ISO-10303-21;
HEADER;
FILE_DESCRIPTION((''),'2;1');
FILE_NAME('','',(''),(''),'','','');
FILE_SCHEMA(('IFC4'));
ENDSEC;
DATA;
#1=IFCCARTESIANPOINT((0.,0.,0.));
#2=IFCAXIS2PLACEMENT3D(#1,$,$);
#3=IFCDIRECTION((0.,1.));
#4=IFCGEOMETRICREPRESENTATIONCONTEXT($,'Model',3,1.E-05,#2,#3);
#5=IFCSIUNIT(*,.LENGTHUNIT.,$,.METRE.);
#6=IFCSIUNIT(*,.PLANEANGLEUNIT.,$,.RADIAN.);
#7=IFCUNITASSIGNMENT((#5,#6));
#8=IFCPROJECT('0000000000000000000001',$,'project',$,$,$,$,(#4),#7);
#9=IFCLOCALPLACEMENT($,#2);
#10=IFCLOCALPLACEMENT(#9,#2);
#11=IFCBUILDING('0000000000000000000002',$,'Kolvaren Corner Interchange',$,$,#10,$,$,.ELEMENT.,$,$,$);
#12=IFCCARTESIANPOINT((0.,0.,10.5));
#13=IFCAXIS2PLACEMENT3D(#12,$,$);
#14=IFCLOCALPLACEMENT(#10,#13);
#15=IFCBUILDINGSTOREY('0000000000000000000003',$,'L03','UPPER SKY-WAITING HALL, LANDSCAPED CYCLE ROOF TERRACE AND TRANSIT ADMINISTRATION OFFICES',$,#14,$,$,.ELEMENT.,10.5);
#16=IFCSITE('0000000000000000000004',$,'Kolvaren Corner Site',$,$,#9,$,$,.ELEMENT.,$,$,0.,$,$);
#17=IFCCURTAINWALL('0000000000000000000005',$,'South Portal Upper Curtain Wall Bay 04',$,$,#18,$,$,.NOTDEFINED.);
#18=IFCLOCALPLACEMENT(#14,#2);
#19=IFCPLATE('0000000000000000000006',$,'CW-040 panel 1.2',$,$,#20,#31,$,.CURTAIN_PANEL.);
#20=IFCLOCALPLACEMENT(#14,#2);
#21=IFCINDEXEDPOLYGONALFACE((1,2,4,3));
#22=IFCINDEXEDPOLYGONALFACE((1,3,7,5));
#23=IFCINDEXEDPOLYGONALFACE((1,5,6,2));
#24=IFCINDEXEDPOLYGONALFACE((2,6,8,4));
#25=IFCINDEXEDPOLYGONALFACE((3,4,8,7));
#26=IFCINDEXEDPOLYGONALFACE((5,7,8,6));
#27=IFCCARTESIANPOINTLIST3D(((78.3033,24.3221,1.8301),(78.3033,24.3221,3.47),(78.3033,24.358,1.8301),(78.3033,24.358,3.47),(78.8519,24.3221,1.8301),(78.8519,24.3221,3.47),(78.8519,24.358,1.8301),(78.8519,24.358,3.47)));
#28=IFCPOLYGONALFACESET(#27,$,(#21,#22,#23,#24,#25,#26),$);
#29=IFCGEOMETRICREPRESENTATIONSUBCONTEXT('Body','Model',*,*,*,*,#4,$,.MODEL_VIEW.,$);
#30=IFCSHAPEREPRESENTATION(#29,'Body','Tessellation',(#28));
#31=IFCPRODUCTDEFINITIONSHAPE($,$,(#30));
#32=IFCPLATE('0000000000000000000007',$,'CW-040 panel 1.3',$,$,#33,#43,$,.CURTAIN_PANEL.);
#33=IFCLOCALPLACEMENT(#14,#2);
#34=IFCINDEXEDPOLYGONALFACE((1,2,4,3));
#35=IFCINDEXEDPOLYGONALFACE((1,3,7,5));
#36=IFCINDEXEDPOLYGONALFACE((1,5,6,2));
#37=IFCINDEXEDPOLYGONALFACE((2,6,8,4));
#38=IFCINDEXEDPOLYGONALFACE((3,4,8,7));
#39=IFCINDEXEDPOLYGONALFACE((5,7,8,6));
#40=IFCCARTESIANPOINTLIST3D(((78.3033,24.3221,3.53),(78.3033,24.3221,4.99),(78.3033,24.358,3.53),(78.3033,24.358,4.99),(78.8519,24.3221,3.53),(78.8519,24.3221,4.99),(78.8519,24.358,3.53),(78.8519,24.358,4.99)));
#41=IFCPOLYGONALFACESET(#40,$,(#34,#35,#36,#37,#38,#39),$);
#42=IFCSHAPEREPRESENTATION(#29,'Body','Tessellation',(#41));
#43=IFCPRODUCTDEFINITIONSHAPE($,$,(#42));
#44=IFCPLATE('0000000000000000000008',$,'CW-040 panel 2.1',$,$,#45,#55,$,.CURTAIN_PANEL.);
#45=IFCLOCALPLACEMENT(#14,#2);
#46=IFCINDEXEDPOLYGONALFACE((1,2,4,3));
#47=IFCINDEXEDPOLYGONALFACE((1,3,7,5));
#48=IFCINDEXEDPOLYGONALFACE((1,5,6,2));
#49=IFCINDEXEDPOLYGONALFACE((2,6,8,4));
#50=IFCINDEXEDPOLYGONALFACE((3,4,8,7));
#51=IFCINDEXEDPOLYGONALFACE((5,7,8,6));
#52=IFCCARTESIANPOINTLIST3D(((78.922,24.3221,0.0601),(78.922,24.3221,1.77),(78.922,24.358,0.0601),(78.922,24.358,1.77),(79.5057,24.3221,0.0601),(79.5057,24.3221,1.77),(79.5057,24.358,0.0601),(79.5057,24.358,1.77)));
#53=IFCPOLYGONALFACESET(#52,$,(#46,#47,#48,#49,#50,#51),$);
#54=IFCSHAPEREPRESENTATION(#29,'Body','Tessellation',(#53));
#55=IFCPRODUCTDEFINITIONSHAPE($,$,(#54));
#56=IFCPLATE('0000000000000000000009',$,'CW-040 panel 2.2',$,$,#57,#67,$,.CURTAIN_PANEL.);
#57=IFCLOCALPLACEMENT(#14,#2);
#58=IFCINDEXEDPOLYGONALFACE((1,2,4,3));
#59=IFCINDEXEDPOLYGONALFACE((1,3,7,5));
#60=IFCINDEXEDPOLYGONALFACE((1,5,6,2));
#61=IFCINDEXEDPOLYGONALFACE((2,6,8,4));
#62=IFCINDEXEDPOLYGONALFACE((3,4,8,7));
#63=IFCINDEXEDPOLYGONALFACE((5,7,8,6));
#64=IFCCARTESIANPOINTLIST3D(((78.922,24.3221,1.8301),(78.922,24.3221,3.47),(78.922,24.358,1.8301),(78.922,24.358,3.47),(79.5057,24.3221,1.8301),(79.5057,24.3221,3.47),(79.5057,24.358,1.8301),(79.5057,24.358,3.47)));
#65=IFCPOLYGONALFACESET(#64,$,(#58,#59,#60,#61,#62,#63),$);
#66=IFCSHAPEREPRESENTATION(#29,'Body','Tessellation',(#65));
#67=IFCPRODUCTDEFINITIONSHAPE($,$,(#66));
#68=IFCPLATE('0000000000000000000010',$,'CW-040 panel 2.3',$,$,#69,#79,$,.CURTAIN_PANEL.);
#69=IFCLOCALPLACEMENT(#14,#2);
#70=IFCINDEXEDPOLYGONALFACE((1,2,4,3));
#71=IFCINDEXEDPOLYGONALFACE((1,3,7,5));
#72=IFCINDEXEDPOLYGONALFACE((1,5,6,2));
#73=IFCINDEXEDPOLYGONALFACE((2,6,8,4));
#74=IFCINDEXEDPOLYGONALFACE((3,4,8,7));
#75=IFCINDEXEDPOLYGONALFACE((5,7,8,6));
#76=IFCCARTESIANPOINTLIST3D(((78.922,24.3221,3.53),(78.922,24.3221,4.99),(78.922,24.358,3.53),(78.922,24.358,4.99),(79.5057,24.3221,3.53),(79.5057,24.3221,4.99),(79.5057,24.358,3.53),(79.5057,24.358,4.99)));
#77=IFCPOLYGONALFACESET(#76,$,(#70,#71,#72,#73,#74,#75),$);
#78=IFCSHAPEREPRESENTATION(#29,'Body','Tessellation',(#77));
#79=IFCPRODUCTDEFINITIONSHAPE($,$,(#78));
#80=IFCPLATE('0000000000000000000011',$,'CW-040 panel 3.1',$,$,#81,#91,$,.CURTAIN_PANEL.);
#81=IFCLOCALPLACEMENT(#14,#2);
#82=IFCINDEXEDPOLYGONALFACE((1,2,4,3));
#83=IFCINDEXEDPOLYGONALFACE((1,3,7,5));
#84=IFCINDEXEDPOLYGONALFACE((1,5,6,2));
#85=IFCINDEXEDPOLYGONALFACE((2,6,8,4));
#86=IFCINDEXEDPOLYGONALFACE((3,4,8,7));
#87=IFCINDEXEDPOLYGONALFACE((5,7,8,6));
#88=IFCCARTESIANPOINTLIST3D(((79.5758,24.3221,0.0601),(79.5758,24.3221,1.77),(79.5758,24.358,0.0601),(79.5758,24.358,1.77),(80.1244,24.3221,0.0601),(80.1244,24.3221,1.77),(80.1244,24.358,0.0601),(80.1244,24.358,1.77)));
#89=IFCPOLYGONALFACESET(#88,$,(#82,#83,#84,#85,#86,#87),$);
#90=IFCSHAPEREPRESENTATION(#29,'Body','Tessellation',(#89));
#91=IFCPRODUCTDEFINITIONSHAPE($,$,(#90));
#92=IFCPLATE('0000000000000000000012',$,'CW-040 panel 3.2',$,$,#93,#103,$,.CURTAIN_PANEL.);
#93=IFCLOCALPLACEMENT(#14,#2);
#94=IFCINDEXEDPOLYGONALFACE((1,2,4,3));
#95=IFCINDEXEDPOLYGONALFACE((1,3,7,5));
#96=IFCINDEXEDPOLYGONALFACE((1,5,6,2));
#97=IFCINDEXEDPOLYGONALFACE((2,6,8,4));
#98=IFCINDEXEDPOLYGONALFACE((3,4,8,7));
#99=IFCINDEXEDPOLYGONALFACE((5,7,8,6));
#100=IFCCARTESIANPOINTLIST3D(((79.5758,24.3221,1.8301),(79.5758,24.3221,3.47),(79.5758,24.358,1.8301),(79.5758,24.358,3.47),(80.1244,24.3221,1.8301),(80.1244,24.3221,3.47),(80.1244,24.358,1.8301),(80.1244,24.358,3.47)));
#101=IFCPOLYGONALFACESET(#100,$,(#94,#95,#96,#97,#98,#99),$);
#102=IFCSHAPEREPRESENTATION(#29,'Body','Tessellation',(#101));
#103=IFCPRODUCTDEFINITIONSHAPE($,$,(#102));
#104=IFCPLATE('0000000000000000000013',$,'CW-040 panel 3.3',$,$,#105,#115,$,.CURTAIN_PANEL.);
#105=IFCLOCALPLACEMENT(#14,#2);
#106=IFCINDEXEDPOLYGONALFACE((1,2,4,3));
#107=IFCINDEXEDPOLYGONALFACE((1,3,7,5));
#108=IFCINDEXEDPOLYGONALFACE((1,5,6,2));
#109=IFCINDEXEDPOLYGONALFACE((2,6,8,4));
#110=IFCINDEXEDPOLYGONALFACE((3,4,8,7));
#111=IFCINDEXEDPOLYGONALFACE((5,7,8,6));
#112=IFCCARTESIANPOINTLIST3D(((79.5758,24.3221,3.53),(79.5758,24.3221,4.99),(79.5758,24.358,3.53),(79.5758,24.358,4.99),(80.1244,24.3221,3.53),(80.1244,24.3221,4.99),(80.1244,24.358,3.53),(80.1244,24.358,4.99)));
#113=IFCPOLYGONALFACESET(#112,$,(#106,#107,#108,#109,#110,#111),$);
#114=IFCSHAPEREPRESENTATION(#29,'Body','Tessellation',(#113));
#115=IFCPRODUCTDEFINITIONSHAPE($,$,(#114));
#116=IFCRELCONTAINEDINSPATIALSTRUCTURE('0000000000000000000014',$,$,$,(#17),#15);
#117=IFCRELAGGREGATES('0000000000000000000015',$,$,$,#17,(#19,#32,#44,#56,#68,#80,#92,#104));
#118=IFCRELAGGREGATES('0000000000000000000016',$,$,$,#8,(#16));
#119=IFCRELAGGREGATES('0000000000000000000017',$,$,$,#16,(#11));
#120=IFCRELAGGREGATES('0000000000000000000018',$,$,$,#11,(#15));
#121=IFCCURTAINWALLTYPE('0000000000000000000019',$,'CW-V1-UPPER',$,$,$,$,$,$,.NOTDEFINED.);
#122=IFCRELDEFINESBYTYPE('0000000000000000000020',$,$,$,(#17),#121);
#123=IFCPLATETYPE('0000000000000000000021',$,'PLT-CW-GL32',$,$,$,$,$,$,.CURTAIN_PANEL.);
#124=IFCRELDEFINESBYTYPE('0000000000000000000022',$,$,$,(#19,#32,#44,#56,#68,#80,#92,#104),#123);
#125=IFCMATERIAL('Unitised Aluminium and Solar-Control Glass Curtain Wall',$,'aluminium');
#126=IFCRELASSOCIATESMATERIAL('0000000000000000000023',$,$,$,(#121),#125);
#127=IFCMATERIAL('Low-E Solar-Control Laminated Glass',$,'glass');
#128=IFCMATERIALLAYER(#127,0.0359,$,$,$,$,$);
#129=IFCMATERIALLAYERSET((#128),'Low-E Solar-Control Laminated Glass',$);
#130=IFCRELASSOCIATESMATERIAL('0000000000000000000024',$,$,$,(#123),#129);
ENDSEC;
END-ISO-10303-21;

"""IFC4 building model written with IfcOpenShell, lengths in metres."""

from ifc_helpers import new_model, si_unit, direction, frame, origin, origin_2d, place, context, subcontext, project, spatial, rectangle, extrude, material, layer, layer_set, type_object, element, aggregate, save


model = new_model("IFC4")

# Units and contexts
model_context = context("Model", 3, precision=1e-05, world=origin(), true_north=direction((0.0, 1.0)))
body_context = subcontext(model_context, "Body", "Model", "MODEL_VIEW")
ifc_project = project(units=[si_unit("LENGTHUNIT", "METRE"), si_unit("PLANEANGLEUNIT", "RADIAN")], contexts=[model_context])

# Site, building, storey
site_placement = place(None, origin())
site = spatial("IfcSite", under=ifc_project, at=site_placement, Name="Kolvaren Corner Site", CompositionType="ELEMENT", RefElevation=0.0)
building_placement = place(site_placement, origin())
building = spatial("IfcBuilding", under=site, at=building_placement, Name="Kolvaren Corner Interchange", CompositionType="ELEMENT")
storey_placement = place(building_placement, frame((0.0, 0.0, 10.5)))
storey = spatial("IfcBuildingStorey", under=building, at=storey_placement, Name="L03", Description="UPPER SKY-WAITING HALL, LANDSCAPED CYCLE ROOF TERRACE AND TRANSIT ADMINISTRATION OFFICES", CompositionType="ELEMENT", Elevation=10.5)

# Curtain wall
ifc_material_1 = material(Name="Unitised Aluminium and Solar-Control Glass Curtain Wall", Category="aluminium")
curtain_wall_type = type_object("IfcCurtainWallType", Name="CW-V1-UPPER", PredefinedType="NOTDEFINED", material=ifc_material_1)
curtain_wall_1_placement = place(storey_placement, origin())
curtain_wall_1 = element("IfcCurtainWall", 1, at=curtain_wall_1_placement, inside=storey, type_object=curtain_wall_type, Name="South Portal Upper Curtain Wall Bay 04", PredefinedType="NOTDEFINED")

# Plates
ifc_material_2 = material(Name="Low-E Solar-Control Laminated Glass", Category="glass")
ifc_layer = layer(ifc_material_2, 0.0359)
ifc_layer_set = layer_set([ifc_layer], Name="Low-E Solar-Control Laminated Glass")
plate_type = type_object("IfcPlateType", Name="PLT-CW-GL32", PredefinedType="CURTAIN_PANEL", material=ifc_layer_set)
plate_1_placement = place(storey_placement, frame((78.5776, 24.3401, 1.8301), z_axis=(0.0, 0.0, 1.0), x_axis=(1.0, 0.0, 0.0)))
plate_1 = element("IfcPlate", 2, at=plate_1_placement, type_object=plate_type, Name="CW-040 panel 1.2", PredefinedType="CURTAIN_PANEL", context=body_context, shape_type="SweptSolid", body=[
    extrude(rectangle(XDim=0.5486, YDim=0.0359, at=origin_2d()), origin(), (0.0, 0.0, 1.0), 1.6399),
])
plate_2_placement = place(storey_placement, frame((78.5776, 24.3401, 3.53), z_axis=(0.0, 0.0, 1.0), x_axis=(1.0, 0.0, 0.0)))
plate_2 = element("IfcPlate", 3, at=plate_2_placement, type_object=plate_type, Name="CW-040 panel 1.3", PredefinedType="CURTAIN_PANEL", context=body_context, shape_type="SweptSolid", body=[
    extrude(rectangle(XDim=0.5486, YDim=0.0359, at=origin_2d()), origin(), (0.0, 0.0, 1.0), 1.46),
])
plate_3_placement = place(storey_placement, frame((79.2139, 24.3401, 0.0601), z_axis=(0.0, 0.0, 1.0), x_axis=(1.0, 0.0, 0.0)))
plate_3 = element("IfcPlate", 4, at=plate_3_placement, type_object=plate_type, Name="CW-040 panel 2.1", PredefinedType="CURTAIN_PANEL", context=body_context, shape_type="SweptSolid", body=[
    extrude(rectangle(XDim=0.5837, YDim=0.0359, at=origin_2d()), origin(), (0.0, 0.0, 1.0), 1.71),
])
plate_4_placement = place(storey_placement, frame((79.2139, 24.3401, 1.8301), z_axis=(0.0, 0.0, 1.0), x_axis=(1.0, 0.0, 0.0)))
plate_4 = element("IfcPlate", 5, at=plate_4_placement, type_object=plate_type, Name="CW-040 panel 2.2", PredefinedType="CURTAIN_PANEL", context=body_context, shape_type="SweptSolid", body=[
    extrude(rectangle(XDim=0.5837, YDim=0.0359, at=origin_2d()), origin(), (0.0, 0.0, 1.0), 1.6399),
])
plate_5_placement = place(storey_placement, frame((79.2139, 24.3401, 3.53), z_axis=(0.0, 0.0, 1.0), x_axis=(1.0, 0.0, 0.0)))
plate_5 = element("IfcPlate", 6, at=plate_5_placement, type_object=plate_type, Name="CW-040 panel 2.3", PredefinedType="CURTAIN_PANEL", context=body_context, shape_type="SweptSolid", body=[
    extrude(rectangle(XDim=0.5837, YDim=0.0359, at=origin_2d()), origin(), (0.0, 0.0, 1.0), 1.46),
])
plate_6_placement = place(storey_placement, frame((79.8501, 24.3401, 0.0601), z_axis=(0.0, 0.0, 1.0), x_axis=(1.0, 0.0, 0.0)))
plate_6 = element("IfcPlate", 7, at=plate_6_placement, type_object=plate_type, Name="CW-040 panel 3.1", PredefinedType="CURTAIN_PANEL", context=body_context, shape_type="SweptSolid", body=[
    extrude(rectangle(XDim=0.5486, YDim=0.0359, at=origin_2d()), origin(), (0.0, 0.0, 1.0), 1.71),
])
plate_7_placement = place(storey_placement, frame((79.8501, 24.3401, 1.8301), z_axis=(0.0, 0.0, 1.0), x_axis=(1.0, 0.0, 0.0)))
plate_7 = element("IfcPlate", 8, at=plate_7_placement, type_object=plate_type, Name="CW-040 panel 3.2", PredefinedType="CURTAIN_PANEL", context=body_context, shape_type="SweptSolid", body=[
    extrude(rectangle(XDim=0.5486, YDim=0.0359, at=origin_2d()), origin(), (0.0, 0.0, 1.0), 1.6399),
])
plate_8_placement = place(storey_placement, frame((79.8501, 24.3401, 3.53), z_axis=(0.0, 0.0, 1.0), x_axis=(1.0, 0.0, 0.0)))
plate_8 = element("IfcPlate", 9, at=plate_8_placement, type_object=plate_type, Name="CW-040 panel 3.3", PredefinedType="CURTAIN_PANEL", context=body_context, shape_type="SweptSolid", body=[
    extrude(rectangle(XDim=0.5486, YDim=0.0359, at=origin_2d()), origin(), (0.0, 0.0, 1.0), 1.46),
])
aggregate(curtain_wall_1, [plate_1, plate_2, plate_3, plate_4, plate_5, plate_6, plate_7, plate_8])

save(model, "model.ifc")
